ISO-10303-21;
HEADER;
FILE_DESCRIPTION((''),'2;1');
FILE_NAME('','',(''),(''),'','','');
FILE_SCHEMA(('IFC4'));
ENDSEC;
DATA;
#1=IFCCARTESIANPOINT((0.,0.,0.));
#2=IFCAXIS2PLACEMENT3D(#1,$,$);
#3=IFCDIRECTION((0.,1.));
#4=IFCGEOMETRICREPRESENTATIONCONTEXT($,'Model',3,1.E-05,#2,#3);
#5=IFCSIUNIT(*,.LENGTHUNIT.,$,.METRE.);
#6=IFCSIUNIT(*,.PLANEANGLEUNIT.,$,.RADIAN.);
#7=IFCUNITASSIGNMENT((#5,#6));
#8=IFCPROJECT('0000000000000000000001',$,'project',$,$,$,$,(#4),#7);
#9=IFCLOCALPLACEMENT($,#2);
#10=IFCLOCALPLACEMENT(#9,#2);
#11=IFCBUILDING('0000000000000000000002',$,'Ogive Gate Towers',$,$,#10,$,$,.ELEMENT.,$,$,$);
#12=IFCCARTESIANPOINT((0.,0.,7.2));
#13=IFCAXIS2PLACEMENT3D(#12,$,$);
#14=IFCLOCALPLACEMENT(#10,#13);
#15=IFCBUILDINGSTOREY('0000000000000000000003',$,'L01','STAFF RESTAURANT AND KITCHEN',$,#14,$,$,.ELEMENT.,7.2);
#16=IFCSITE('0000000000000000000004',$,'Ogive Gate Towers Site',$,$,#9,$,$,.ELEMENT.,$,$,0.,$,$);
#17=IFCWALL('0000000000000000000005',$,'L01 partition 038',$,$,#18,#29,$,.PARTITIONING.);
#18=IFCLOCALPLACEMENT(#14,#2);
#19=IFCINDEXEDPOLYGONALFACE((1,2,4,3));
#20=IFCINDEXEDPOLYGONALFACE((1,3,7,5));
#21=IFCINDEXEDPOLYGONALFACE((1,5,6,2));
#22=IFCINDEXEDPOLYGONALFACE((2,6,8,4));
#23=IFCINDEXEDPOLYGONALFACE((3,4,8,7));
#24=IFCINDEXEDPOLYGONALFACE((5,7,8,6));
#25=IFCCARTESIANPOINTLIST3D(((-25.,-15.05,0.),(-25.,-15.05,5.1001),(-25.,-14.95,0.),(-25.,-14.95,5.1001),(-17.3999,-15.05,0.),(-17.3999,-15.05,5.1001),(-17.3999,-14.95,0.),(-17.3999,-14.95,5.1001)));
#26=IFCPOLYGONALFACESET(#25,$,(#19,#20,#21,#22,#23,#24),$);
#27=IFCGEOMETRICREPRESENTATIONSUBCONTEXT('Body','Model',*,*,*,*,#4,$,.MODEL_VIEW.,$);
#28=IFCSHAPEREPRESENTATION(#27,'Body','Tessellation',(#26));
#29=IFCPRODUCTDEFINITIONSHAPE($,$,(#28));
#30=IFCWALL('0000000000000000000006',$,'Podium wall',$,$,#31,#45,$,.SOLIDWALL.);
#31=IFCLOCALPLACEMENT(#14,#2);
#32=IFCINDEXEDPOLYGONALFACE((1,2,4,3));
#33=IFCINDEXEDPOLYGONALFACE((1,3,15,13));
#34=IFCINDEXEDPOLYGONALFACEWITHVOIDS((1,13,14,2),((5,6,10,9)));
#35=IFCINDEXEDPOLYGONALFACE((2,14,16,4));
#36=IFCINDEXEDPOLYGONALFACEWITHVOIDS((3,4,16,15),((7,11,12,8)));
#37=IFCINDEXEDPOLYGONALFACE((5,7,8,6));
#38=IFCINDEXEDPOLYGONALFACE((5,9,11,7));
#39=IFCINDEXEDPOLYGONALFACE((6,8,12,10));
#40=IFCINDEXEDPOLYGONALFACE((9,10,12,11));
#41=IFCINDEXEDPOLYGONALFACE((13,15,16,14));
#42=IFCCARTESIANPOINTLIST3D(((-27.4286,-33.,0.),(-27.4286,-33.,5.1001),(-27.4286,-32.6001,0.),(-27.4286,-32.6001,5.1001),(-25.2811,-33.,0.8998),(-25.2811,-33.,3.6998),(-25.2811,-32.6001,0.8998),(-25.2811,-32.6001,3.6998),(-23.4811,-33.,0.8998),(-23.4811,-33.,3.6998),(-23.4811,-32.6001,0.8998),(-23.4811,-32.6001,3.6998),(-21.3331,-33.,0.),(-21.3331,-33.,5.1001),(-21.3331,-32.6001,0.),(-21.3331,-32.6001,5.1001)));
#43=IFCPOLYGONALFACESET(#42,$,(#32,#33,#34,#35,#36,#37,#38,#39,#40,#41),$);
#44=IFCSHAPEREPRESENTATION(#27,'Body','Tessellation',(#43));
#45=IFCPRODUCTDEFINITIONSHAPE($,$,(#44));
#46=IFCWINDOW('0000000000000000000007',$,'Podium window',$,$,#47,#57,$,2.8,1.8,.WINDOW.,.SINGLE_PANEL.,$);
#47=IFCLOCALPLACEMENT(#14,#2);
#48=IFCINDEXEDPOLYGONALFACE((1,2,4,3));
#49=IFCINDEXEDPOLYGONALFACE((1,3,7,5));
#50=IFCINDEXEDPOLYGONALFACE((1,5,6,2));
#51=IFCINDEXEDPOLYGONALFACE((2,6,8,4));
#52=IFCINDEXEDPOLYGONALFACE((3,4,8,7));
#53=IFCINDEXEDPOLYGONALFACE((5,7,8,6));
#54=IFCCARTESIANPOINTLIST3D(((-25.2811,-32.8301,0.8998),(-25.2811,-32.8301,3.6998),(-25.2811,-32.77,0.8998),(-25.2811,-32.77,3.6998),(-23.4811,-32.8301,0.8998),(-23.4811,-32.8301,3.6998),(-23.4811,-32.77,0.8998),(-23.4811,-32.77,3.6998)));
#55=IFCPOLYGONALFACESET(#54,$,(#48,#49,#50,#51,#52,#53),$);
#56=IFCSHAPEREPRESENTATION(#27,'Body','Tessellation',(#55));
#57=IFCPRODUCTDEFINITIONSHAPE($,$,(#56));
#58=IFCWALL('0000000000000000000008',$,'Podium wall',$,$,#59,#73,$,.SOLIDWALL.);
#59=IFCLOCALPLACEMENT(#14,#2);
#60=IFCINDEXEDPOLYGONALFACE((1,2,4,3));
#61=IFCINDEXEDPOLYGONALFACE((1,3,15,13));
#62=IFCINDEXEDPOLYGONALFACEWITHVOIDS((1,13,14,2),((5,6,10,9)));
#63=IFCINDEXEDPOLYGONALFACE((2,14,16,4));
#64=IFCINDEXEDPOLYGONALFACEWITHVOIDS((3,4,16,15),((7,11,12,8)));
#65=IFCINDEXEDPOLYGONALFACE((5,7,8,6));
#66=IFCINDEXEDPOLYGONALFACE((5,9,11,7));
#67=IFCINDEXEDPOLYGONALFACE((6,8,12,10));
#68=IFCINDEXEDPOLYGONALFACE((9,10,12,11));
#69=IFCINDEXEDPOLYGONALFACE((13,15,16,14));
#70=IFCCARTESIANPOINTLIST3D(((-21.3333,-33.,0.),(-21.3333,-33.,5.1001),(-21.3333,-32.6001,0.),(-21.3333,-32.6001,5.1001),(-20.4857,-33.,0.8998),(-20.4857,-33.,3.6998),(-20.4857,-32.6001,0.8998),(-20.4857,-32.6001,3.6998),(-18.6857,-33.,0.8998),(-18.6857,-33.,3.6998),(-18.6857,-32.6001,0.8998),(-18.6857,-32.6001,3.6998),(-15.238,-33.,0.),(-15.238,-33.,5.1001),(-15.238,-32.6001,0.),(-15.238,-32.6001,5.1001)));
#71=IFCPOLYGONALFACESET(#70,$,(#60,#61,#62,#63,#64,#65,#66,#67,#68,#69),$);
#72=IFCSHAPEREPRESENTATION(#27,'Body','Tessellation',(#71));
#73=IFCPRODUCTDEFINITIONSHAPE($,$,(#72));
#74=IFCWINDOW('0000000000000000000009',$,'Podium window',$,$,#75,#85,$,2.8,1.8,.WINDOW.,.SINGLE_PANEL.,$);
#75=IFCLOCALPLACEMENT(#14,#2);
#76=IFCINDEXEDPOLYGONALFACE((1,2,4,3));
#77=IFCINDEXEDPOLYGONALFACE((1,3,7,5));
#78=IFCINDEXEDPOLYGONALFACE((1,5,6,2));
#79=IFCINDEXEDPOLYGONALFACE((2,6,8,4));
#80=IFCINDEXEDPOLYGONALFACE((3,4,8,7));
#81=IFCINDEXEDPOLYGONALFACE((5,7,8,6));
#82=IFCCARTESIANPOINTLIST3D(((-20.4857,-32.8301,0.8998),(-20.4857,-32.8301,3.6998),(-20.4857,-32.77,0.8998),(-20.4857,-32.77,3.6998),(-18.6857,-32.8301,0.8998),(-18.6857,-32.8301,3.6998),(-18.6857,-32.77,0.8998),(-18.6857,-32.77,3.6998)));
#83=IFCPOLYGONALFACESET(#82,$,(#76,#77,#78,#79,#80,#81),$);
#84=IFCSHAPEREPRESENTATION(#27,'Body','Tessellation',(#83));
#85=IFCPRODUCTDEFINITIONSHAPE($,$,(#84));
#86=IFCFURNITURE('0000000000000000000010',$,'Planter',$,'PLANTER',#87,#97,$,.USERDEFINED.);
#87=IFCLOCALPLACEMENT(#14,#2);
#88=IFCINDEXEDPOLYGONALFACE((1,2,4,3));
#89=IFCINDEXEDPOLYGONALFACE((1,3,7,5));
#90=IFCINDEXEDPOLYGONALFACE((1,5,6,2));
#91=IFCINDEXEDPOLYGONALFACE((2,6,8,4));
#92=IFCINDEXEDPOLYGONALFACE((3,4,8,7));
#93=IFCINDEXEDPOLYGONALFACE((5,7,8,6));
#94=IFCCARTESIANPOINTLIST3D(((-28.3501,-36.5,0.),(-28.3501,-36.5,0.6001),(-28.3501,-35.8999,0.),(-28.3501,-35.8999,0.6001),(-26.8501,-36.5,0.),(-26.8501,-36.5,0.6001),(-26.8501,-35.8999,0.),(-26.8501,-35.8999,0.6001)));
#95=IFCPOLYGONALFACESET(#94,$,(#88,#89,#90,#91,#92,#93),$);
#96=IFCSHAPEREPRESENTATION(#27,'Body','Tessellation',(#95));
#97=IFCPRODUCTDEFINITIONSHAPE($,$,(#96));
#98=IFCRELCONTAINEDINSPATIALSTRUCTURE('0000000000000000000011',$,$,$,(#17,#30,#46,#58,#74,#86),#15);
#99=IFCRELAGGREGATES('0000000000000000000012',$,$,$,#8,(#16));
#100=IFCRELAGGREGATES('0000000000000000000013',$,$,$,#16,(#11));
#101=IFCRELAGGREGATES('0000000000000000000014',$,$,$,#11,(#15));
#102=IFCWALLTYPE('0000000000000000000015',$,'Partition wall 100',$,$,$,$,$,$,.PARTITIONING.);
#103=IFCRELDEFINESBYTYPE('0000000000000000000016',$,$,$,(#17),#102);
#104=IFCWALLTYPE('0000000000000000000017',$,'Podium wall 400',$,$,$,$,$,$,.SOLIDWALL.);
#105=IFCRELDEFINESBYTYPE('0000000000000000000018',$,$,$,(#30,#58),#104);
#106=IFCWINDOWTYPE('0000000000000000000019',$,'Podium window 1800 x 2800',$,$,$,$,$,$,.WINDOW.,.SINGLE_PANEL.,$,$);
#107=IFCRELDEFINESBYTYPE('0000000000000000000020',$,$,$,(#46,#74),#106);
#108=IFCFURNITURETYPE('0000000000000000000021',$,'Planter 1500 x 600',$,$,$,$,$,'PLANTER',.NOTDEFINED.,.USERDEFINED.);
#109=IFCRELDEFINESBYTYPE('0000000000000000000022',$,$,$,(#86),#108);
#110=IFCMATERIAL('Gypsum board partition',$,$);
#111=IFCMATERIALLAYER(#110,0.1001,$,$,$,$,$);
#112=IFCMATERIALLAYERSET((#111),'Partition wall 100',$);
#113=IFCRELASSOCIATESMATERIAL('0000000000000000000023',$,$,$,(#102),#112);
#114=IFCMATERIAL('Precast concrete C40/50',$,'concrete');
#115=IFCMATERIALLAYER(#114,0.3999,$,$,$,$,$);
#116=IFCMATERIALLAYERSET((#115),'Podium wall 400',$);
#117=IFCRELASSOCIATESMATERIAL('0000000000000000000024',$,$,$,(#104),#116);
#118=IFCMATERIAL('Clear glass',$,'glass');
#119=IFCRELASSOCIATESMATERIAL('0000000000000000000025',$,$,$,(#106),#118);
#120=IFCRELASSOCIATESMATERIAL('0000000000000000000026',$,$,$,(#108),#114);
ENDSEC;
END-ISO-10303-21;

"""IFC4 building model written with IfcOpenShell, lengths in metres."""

from ifc_helpers import new_model, si_unit, direction, frame, frame_2d, origin, origin_2d, place, context, subcontext, project, spatial, rectangle, extrude, material, layer, layer_set, type_object, element, fill, save


model = new_model("IFC4")

# Units and contexts
model_context = context("Model", 3, precision=1e-05, world=origin(), true_north=direction((0.0, 1.0)))
body_context = subcontext(model_context, "Body", "Model", "MODEL_VIEW")
ifc_project = project(units=[si_unit("LENGTHUNIT", "METRE"), si_unit("PLANEANGLEUNIT", "RADIAN")], contexts=[model_context])

# Site, building, storey
site_placement = place(None, origin())
site = spatial("IfcSite", under=ifc_project, at=site_placement, Name="Ogive Gate Towers Site", CompositionType="ELEMENT", RefElevation=0.0)
building_placement = place(site_placement, origin())
building = spatial("IfcBuilding", under=site, at=building_placement, Name="Ogive Gate Towers", CompositionType="ELEMENT")
storey_placement = place(building_placement, frame((0.0, 0.0, 7.2)))
storey = spatial("IfcBuildingStorey", under=building, at=storey_placement, Name="L01", Description="STAFF RESTAURANT AND KITCHEN", CompositionType="ELEMENT", Elevation=7.2)

# Wall
ifc_material_1 = material(Name="Gypsum board partition")
ifc_layer_1 = layer(ifc_material_1, 0.1001)
ifc_layer_set_1 = layer_set([ifc_layer_1], Name="Partition wall 100")
wall_type_1 = type_object("IfcWallType", Name="Partition wall 100", PredefinedType="PARTITIONING", material=ifc_layer_set_1)
wall_1_placement = place(storey_placement, frame((-25.0, -15.0, 0.0), z_axis=(0.0, 0.0, 1.0), x_axis=(1.0, 0.0, 0.0)))
element("IfcWall", 1, at=wall_1_placement, inside=storey, type_object=wall_type_1, Name="L01 partition 038", PredefinedType="PARTITIONING", context=body_context, shape_type="SweptSolid", body=[
    extrude(rectangle(XDim=7.6001, YDim=0.1001, at=frame_2d((3.8, 0.0))), origin(), (0.0, 0.0, 1.0), 5.1001),
])

# Shared definitions
ifc_material_2 = material(Name="Precast concrete C40/50", Category="concrete")
ifc_layer_2 = layer(ifc_material_2, 0.3999)
ifc_layer_set_2 = layer_set([ifc_layer_2], Name="Podium wall 400")
wall_type_2 = type_object("IfcWallType", Name="Podium wall 400", PredefinedType="SOLIDWALL", material=ifc_layer_set_2)

# Walls, openings, windows
wall_2_placement = place(storey_placement, frame((-27.4287, -32.8, 0.0), z_axis=(0.0, 0.0, 1.0), x_axis=(1.0, 0.0, 0.0)))
wall_2 = element("IfcWall", 2, at=wall_2_placement, inside=storey, type_object=wall_type_2, Name="Podium wall", PredefinedType="SOLIDWALL", context=body_context, shape_type="SweptSolid", body=[
    extrude(rectangle(XDim=6.0955, YDim=0.3999, at=frame_2d((3.0479, 0.0))), origin(), (0.0, 0.0, 1.0), 5.1001),
])
opening_1_placement = place(wall_2_placement, frame((2.1477, 0.0, 0.8999)))
opening_1 = element("IfcOpeningElement", 3, at=opening_1_placement, cuts=wall_2, PredefinedType="OPENING", context=body_context, shape_type="SweptSolid", body=[
    extrude(rectangle(XDim=1.8, YDim=2.8, at=frame_2d((0.8999, 1.3999))), frame((0.0, 0.21, 0.0), z_axis=(0.0, -1.0, 0.0), x_axis=(1.0, 0.0, 0.0)), (0.0, 0.0, 1.0), 0.4199),
])
ifc_material_3 = material(Name="Clear glass", Category="glass")
window_type = type_object("IfcWindowType", Name="Podium window 1800 x 2800", PartitioningType="SINGLE_PANEL", PredefinedType="WINDOW", material=ifc_material_3)
window_1_placement = place(opening_1_placement, origin())
window_1 = element("IfcWindow", 4, at=window_1_placement, inside=storey, type_object=window_type, Name="Podium window", OverallHeight=2.8, OverallWidth=1.8, PartitioningType="SINGLE_PANEL", PredefinedType="WINDOW", context=body_context, shape_type="SweptSolid", body=[
    extrude(rectangle(XDim=1.8, YDim=2.8, at=frame_2d((0.8999, 1.3999))), frame((0.0, 0.03, 0.0), z_axis=(0.0, -1.0, 0.0), x_axis=(1.0, 0.0, 0.0)), (0.0, 0.0, 1.0), 0.0601),
])
fill(opening_1, window_1)
wall_3_placement = place(storey_placement, frame((-21.3333, -32.8, 0.0), z_axis=(0.0, 0.0, 1.0), x_axis=(1.0, 0.0, 0.0)))
wall_3 = element("IfcWall", 5, at=wall_3_placement, inside=storey, type_object=wall_type_2, Name="Podium wall", PredefinedType="SOLIDWALL", context=body_context, shape_type="SweptSolid", body=[
    extrude(rectangle(XDim=6.0952, YDim=0.3999, at=frame_2d((3.0476, 0.0))), origin(), (0.0, 0.0, 1.0), 5.1001),
])
opening_2_placement = place(wall_3_placement, frame((0.8477, 0.0, 0.8999)))
opening_2 = element("IfcOpeningElement", 6, at=opening_2_placement, cuts=wall_3, PredefinedType="OPENING", context=body_context, shape_type="SweptSolid", body=[
    extrude(rectangle(XDim=1.8, YDim=2.8, at=frame_2d((0.8999, 1.3999))), frame((0.0, 0.21, 0.0), z_axis=(0.0, -1.0, 0.0), x_axis=(1.0, 0.0, 0.0)), (0.0, 0.0, 1.0), 0.4199),
])
window_2_placement = place(opening_2_placement, origin())
window_2 = element("IfcWindow", 7, at=window_2_placement, inside=storey, type_object=window_type, Name="Podium window", OverallHeight=2.8, OverallWidth=1.8, PartitioningType="SINGLE_PANEL", PredefinedType="WINDOW", context=body_context, shape_type="SweptSolid", body=[
    extrude(rectangle(XDim=1.8, YDim=2.8, at=frame_2d((0.8999, 1.3999))), frame((0.0, 0.03, 0.0), z_axis=(0.0, -1.0, 0.0), x_axis=(1.0, 0.0, 0.0)), (0.0, 0.0, 1.0), 0.0601),
])
fill(opening_2, window_2)

# Furniture
furniture_type = type_object("IfcFurnitureType", Name="Planter 1500 x 600", ElementType="PLANTER", AssemblyPlace="NOTDEFINED", PredefinedType="USERDEFINED", material=ifc_material_2)
furniture_placement = place(storey_placement, frame((-27.6001, -36.2, 0.0), z_axis=(0.0, 0.0, 1.0), x_axis=(1.0, 0.0, 0.0)))
element("IfcFurniture", 8, at=furniture_placement, inside=storey, type_object=furniture_type, Name="Planter", ObjectType="PLANTER", PredefinedType="USERDEFINED", context=body_context, shape_type="SweptSolid", body=[
    extrude(rectangle(XDim=1.5, YDim=0.6001, at=origin_2d()), origin(), (0.0, 0.0, 1.0), 0.6001),
])

save(model, "model.ifc")
